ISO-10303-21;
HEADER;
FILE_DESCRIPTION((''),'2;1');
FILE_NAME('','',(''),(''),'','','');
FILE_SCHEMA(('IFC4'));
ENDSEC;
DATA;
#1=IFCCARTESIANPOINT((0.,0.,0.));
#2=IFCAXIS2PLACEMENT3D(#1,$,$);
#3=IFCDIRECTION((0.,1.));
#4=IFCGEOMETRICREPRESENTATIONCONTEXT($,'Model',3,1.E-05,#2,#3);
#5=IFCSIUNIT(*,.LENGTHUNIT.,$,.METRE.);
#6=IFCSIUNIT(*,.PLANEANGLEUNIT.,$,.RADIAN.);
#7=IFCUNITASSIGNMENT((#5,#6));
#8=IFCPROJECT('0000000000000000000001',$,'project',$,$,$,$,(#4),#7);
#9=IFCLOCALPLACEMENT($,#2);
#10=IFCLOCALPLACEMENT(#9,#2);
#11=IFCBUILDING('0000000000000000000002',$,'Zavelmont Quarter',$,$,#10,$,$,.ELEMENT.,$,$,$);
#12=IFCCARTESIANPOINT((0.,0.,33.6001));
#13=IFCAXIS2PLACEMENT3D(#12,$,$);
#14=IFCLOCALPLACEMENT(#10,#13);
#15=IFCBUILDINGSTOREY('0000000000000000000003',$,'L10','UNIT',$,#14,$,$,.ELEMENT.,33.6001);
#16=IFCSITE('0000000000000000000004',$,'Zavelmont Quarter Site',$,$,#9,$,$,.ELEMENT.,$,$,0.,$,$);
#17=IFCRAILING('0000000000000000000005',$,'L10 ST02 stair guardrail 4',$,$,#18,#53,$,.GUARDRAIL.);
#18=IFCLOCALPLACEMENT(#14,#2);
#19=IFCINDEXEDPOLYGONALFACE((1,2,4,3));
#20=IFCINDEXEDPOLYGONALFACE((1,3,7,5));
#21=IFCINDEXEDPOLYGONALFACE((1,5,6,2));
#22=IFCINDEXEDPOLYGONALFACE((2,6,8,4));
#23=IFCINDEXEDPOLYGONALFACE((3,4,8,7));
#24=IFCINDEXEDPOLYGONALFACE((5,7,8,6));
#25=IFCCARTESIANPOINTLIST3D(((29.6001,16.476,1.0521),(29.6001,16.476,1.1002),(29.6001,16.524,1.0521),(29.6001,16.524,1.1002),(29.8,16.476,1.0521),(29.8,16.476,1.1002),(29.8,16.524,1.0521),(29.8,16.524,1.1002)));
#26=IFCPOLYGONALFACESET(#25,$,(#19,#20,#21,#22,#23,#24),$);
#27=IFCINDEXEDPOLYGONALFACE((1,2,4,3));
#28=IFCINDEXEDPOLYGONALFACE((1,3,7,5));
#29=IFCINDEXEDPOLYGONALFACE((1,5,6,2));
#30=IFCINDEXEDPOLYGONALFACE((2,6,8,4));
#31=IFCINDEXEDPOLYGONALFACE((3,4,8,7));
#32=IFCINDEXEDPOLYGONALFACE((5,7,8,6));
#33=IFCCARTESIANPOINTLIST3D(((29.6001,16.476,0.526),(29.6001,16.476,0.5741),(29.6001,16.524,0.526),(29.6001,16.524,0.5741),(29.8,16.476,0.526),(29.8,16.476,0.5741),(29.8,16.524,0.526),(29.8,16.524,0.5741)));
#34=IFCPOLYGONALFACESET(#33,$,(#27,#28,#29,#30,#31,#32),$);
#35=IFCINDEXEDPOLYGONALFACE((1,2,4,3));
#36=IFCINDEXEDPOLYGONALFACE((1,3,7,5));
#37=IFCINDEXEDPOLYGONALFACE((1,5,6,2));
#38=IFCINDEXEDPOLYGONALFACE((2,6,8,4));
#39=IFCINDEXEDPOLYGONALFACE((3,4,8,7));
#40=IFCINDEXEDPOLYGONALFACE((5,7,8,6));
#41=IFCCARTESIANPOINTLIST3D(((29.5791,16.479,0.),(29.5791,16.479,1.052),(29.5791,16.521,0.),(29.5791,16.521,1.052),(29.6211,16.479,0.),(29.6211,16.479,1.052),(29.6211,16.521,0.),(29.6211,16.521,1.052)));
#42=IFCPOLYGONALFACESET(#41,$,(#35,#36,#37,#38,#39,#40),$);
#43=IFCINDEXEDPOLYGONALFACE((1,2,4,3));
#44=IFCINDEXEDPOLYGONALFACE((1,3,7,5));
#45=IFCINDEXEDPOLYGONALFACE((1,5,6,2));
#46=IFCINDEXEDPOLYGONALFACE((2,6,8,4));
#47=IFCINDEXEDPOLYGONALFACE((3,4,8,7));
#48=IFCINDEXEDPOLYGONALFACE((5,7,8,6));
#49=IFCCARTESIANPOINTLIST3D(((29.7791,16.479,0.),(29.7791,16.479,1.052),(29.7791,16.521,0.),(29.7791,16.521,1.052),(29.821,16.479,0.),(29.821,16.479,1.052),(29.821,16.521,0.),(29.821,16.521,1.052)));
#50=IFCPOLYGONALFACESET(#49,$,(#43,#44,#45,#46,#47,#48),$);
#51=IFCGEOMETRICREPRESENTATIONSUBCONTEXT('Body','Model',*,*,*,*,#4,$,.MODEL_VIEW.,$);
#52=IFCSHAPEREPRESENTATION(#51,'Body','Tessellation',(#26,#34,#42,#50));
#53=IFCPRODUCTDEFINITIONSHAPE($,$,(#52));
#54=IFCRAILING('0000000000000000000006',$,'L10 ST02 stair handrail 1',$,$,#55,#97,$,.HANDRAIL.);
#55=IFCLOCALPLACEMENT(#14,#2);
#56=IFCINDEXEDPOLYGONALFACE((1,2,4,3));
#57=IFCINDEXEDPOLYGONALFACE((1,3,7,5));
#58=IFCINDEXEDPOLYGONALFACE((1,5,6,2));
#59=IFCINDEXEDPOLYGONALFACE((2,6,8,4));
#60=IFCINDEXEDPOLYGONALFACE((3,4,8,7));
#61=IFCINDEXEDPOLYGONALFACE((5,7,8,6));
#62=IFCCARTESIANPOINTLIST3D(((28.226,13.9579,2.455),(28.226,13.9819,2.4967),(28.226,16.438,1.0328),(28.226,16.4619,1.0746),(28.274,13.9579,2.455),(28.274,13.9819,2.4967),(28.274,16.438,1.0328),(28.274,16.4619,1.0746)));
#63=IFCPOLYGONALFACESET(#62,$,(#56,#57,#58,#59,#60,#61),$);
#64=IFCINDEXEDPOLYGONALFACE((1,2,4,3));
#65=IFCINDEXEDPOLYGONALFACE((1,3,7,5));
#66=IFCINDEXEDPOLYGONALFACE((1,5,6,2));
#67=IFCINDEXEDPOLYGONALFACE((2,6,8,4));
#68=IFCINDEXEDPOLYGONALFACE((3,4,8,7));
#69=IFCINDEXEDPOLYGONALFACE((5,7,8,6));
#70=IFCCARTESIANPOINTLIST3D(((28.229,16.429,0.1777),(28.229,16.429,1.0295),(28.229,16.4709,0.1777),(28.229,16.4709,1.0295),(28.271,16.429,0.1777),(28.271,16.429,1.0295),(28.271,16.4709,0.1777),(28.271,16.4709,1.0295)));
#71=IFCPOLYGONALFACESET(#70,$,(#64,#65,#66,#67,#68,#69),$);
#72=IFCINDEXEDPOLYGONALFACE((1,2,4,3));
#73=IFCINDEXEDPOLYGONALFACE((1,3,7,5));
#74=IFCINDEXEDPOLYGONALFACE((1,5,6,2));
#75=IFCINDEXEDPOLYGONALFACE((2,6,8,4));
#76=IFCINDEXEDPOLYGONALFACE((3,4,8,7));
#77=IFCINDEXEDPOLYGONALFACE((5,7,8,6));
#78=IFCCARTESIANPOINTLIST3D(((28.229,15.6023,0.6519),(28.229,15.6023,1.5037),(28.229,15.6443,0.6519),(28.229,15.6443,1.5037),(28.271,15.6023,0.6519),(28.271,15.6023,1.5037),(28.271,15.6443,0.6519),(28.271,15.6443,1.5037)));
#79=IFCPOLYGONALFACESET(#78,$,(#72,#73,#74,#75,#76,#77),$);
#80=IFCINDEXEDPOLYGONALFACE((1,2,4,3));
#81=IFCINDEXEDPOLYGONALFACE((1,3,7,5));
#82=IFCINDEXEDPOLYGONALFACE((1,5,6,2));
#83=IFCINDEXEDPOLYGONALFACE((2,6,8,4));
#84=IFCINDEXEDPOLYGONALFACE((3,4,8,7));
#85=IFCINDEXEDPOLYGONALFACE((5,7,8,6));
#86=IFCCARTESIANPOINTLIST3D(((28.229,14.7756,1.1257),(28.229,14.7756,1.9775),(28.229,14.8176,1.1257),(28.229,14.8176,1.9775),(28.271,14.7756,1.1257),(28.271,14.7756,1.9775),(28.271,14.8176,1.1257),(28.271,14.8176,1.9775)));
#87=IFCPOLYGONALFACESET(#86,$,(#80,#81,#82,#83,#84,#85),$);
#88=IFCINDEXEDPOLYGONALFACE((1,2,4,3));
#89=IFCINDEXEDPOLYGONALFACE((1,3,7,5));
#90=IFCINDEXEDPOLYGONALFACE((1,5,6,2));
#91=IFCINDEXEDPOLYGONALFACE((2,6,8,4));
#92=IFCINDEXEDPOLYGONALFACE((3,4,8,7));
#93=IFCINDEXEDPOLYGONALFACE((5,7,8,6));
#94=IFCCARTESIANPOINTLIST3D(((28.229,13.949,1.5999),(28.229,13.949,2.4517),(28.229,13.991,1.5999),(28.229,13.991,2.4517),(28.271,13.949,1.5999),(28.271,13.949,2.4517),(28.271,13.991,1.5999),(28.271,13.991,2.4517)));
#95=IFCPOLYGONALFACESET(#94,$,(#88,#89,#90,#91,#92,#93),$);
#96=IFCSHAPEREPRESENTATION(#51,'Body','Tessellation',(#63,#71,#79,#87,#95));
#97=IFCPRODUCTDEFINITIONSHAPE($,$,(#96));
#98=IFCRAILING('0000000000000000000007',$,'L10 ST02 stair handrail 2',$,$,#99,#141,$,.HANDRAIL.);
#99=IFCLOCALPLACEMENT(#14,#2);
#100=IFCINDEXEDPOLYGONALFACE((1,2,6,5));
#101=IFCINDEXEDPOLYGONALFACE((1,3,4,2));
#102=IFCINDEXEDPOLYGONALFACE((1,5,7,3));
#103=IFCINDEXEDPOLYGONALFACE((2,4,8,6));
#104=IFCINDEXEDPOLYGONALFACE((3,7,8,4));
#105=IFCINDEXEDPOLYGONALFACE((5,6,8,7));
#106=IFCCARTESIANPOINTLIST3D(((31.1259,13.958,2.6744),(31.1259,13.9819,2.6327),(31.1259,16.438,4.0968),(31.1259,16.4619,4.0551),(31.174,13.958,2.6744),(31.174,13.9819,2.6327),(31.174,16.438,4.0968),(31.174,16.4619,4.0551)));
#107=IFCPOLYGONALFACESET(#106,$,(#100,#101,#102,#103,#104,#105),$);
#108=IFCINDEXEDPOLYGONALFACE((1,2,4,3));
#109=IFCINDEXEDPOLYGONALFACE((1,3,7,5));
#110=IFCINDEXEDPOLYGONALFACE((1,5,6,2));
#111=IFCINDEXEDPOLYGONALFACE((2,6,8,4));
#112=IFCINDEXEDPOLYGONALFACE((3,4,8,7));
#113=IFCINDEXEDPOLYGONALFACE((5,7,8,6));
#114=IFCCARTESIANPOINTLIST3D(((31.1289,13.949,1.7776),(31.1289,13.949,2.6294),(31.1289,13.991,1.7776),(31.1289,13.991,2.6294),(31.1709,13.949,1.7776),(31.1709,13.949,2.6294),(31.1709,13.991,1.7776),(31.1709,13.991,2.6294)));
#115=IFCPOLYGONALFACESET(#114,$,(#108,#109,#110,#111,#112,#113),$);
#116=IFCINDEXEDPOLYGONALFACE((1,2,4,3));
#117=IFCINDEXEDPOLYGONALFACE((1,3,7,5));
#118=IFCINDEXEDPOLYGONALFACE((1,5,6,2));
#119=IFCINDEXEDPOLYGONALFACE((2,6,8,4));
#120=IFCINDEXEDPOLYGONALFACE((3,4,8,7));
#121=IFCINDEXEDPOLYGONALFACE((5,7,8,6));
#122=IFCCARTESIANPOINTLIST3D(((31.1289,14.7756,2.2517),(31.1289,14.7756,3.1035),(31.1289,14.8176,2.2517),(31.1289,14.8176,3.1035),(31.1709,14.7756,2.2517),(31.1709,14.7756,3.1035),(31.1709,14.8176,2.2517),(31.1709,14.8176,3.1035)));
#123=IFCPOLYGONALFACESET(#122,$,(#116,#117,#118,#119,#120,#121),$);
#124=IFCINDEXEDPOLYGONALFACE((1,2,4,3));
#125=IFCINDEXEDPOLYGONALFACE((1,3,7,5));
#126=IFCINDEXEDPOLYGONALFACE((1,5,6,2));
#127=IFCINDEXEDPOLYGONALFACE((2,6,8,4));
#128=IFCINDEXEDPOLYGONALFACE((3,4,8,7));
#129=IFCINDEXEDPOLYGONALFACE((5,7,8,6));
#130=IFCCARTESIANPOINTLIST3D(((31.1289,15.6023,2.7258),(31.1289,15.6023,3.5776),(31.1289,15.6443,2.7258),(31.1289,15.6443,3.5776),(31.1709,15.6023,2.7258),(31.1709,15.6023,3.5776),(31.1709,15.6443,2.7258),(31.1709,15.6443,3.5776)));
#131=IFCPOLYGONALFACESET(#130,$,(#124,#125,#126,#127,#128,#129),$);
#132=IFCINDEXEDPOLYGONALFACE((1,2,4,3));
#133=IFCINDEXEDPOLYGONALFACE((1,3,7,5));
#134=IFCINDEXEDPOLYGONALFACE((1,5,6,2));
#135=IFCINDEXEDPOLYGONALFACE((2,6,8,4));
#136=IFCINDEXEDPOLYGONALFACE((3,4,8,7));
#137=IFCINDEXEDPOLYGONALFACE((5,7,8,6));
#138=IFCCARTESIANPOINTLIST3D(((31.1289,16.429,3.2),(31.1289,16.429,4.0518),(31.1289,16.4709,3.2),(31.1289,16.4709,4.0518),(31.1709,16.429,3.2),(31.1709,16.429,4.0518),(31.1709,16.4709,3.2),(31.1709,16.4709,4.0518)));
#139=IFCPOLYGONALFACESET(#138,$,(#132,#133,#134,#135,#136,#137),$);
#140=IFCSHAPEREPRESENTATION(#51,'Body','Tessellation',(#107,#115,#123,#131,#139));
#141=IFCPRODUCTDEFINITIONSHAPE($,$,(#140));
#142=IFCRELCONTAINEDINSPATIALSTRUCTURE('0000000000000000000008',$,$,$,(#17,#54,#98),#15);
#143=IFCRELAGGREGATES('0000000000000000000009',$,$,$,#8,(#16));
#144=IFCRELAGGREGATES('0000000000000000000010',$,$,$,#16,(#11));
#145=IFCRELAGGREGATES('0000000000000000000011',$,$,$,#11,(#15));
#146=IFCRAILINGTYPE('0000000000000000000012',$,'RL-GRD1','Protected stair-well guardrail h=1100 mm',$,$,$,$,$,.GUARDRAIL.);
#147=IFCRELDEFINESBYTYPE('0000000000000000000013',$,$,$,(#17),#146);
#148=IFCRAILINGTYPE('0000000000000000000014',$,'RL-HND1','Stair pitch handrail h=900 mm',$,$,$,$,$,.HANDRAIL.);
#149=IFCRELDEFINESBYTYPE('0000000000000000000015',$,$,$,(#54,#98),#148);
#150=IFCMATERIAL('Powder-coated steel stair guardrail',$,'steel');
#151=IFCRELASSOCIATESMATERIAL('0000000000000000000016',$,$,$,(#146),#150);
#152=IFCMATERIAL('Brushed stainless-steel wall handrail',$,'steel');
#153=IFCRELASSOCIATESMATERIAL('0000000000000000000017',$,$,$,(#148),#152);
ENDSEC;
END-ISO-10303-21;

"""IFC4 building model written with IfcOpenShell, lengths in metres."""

from ifc_helpers import new_model, si_unit, direction, frame, origin, origin_2d, place, context, subcontext, project, spatial, rectangle, extrude, material, type_object, element, save


model = new_model("IFC4")

# Units and contexts
model_context = context("Model", 3, precision=1e-05, world=origin(), true_north=direction((0.0, 1.0)))
body_context = subcontext(model_context, "Body", "Model", "MODEL_VIEW")
ifc_project = project(units=[si_unit("LENGTHUNIT", "METRE"), si_unit("PLANEANGLEUNIT", "RADIAN")], contexts=[model_context])

# Site, building, storey
site_placement = place(None, origin())
site = spatial("IfcSite", under=ifc_project, at=site_placement, Name="Zavelmont Quarter Site", CompositionType="ELEMENT", RefElevation=0.0)
building_placement = place(site_placement, origin())
building = spatial("IfcBuilding", under=site, at=building_placement, Name="Zavelmont Quarter", CompositionType="ELEMENT")
storey_placement = place(building_placement, frame((0.0, 0.0, 33.6001)))
storey = spatial("IfcBuildingStorey", under=building, at=storey_placement, Name="L10", Description="UNIT", CompositionType="ELEMENT", Elevation=33.6001)

# Railings
ifc_material_1 = material(Name="Powder-coated steel stair guardrail", Category="steel")
railing_type_1 = type_object("IfcRailingType", Name="RL-GRD1", Description="Protected stair-well guardrail h=1100 mm", PredefinedType="GUARDRAIL", material=ifc_material_1)
railing_1_placement = place(storey_placement, frame((29.6001, 16.5, 0.0)))
element("IfcRailing", 1, at=railing_1_placement, inside=storey, type_object=railing_type_1, Name="L10 ST02 stair guardrail 4", PredefinedType="GUARDRAIL", context=body_context, shape_type="SweptSolid", body=[
    extrude(rectangle(XDim=0.0481, YDim=0.0481, at=origin_2d()), frame((0.0, 0.0, 1.0762), z_axis=(1.0, 0.0, 0.0), x_axis=(0.0, 1.0, 0.0)), (0.0, 0.0, 1.0), 0.2),
    extrude(rectangle(XDim=0.0481, YDim=0.0481, at=origin_2d()), frame((0.0, 0.0, 0.55), z_axis=(1.0, 0.0, 0.0), x_axis=(0.0, 1.0, 0.0)), (0.0, 0.0, 1.0), 0.2),
    extrude(rectangle(XDim=0.042, YDim=0.042, at=origin_2d()), origin(), (0.0, 0.0, 1.0), 1.052),
    extrude(rectangle(XDim=0.042, YDim=0.042, at=origin_2d()), frame((0.2, 0.0, 0.0)), (0.0, 0.0, 1.0), 1.052),
])
ifc_material_2 = material(Name="Brushed stainless-steel wall handrail", Category="steel")
railing_type_2 = type_object("IfcRailingType", Name="RL-HND1", Description="Stair pitch handrail h=900 mm", PredefinedType="HANDRAIL", material=ifc_material_2)
railing_2_placement = place(storey_placement, frame((28.25, 16.45, 0.1777)))
element("IfcRailing", 2, at=railing_2_placement, inside=storey, type_object=railing_type_2, Name="L10 ST02 stair handrail 1", PredefinedType="HANDRAIL", context=body_context, shape_type="SweptSolid", body=[
    extrude(rectangle(XDim=0.0481, YDim=0.0481, at=origin_2d()), frame((0.0, 0.0, 0.876), z_axis=(0.0, -0.867491, 0.497454), x_axis=(1.0, 0.0, 0.0)), (0.0, 0.0, 1.0), 2.8589),
    extrude(rectangle(XDim=0.042, YDim=0.042, at=origin_2d()), origin(), (0.0, 0.0, 1.0), 0.8518),
    extrude(rectangle(XDim=0.042, YDim=0.042, at=origin_2d()), frame((0.0, -0.8267, 0.4741)), (0.0, 0.0, 1.0), 0.8518),
    extrude(rectangle(XDim=0.042, YDim=0.042, at=origin_2d()), frame((0.0, -1.6533, 0.948)), (0.0, 0.0, 1.0), 0.8518),
    extrude(rectangle(XDim=0.042, YDim=0.042, at=origin_2d()), frame((0.0, -2.48, 1.4221)), (0.0, 0.0, 1.0), 0.8518),
])
railing_3_placement = place(storey_placement, frame((31.1499, 13.97, 1.7776)))
element("IfcRailing", 3, at=railing_3_placement, inside=storey, type_object=railing_type_2, Name="L10 ST02 stair handrail 2", PredefinedType="HANDRAIL", context=body_context, shape_type="SweptSolid", body=[
    extrude(rectangle(XDim=0.0481, YDim=0.0481, at=origin_2d()), frame((0.0, 0.0, 0.876), z_axis=(0.0, 0.867454, 0.497518), x_axis=(-1.0, 0.0, 0.0)), (0.0, 0.0, 1.0), 2.8589),
    extrude(rectangle(XDim=0.042, YDim=0.042, at=origin_2d()), origin(), (0.0, 0.0, 1.0), 0.8518),
    extrude(rectangle(XDim=0.042, YDim=0.042, at=origin_2d()), frame((0.0, 0.8267, 0.4741)), (0.0, 0.0, 1.0), 0.8518),
    extrude(rectangle(XDim=0.042, YDim=0.042, at=origin_2d()), frame((0.0, 1.6533, 0.9482)), (0.0, 0.0, 1.0), 0.8518),
    extrude(rectangle(XDim=0.042, YDim=0.042, at=origin_2d()), frame((0.0, 2.48, 1.4224)), (0.0, 0.0, 1.0), 0.8518),
])

save(model, "model.ifc")
